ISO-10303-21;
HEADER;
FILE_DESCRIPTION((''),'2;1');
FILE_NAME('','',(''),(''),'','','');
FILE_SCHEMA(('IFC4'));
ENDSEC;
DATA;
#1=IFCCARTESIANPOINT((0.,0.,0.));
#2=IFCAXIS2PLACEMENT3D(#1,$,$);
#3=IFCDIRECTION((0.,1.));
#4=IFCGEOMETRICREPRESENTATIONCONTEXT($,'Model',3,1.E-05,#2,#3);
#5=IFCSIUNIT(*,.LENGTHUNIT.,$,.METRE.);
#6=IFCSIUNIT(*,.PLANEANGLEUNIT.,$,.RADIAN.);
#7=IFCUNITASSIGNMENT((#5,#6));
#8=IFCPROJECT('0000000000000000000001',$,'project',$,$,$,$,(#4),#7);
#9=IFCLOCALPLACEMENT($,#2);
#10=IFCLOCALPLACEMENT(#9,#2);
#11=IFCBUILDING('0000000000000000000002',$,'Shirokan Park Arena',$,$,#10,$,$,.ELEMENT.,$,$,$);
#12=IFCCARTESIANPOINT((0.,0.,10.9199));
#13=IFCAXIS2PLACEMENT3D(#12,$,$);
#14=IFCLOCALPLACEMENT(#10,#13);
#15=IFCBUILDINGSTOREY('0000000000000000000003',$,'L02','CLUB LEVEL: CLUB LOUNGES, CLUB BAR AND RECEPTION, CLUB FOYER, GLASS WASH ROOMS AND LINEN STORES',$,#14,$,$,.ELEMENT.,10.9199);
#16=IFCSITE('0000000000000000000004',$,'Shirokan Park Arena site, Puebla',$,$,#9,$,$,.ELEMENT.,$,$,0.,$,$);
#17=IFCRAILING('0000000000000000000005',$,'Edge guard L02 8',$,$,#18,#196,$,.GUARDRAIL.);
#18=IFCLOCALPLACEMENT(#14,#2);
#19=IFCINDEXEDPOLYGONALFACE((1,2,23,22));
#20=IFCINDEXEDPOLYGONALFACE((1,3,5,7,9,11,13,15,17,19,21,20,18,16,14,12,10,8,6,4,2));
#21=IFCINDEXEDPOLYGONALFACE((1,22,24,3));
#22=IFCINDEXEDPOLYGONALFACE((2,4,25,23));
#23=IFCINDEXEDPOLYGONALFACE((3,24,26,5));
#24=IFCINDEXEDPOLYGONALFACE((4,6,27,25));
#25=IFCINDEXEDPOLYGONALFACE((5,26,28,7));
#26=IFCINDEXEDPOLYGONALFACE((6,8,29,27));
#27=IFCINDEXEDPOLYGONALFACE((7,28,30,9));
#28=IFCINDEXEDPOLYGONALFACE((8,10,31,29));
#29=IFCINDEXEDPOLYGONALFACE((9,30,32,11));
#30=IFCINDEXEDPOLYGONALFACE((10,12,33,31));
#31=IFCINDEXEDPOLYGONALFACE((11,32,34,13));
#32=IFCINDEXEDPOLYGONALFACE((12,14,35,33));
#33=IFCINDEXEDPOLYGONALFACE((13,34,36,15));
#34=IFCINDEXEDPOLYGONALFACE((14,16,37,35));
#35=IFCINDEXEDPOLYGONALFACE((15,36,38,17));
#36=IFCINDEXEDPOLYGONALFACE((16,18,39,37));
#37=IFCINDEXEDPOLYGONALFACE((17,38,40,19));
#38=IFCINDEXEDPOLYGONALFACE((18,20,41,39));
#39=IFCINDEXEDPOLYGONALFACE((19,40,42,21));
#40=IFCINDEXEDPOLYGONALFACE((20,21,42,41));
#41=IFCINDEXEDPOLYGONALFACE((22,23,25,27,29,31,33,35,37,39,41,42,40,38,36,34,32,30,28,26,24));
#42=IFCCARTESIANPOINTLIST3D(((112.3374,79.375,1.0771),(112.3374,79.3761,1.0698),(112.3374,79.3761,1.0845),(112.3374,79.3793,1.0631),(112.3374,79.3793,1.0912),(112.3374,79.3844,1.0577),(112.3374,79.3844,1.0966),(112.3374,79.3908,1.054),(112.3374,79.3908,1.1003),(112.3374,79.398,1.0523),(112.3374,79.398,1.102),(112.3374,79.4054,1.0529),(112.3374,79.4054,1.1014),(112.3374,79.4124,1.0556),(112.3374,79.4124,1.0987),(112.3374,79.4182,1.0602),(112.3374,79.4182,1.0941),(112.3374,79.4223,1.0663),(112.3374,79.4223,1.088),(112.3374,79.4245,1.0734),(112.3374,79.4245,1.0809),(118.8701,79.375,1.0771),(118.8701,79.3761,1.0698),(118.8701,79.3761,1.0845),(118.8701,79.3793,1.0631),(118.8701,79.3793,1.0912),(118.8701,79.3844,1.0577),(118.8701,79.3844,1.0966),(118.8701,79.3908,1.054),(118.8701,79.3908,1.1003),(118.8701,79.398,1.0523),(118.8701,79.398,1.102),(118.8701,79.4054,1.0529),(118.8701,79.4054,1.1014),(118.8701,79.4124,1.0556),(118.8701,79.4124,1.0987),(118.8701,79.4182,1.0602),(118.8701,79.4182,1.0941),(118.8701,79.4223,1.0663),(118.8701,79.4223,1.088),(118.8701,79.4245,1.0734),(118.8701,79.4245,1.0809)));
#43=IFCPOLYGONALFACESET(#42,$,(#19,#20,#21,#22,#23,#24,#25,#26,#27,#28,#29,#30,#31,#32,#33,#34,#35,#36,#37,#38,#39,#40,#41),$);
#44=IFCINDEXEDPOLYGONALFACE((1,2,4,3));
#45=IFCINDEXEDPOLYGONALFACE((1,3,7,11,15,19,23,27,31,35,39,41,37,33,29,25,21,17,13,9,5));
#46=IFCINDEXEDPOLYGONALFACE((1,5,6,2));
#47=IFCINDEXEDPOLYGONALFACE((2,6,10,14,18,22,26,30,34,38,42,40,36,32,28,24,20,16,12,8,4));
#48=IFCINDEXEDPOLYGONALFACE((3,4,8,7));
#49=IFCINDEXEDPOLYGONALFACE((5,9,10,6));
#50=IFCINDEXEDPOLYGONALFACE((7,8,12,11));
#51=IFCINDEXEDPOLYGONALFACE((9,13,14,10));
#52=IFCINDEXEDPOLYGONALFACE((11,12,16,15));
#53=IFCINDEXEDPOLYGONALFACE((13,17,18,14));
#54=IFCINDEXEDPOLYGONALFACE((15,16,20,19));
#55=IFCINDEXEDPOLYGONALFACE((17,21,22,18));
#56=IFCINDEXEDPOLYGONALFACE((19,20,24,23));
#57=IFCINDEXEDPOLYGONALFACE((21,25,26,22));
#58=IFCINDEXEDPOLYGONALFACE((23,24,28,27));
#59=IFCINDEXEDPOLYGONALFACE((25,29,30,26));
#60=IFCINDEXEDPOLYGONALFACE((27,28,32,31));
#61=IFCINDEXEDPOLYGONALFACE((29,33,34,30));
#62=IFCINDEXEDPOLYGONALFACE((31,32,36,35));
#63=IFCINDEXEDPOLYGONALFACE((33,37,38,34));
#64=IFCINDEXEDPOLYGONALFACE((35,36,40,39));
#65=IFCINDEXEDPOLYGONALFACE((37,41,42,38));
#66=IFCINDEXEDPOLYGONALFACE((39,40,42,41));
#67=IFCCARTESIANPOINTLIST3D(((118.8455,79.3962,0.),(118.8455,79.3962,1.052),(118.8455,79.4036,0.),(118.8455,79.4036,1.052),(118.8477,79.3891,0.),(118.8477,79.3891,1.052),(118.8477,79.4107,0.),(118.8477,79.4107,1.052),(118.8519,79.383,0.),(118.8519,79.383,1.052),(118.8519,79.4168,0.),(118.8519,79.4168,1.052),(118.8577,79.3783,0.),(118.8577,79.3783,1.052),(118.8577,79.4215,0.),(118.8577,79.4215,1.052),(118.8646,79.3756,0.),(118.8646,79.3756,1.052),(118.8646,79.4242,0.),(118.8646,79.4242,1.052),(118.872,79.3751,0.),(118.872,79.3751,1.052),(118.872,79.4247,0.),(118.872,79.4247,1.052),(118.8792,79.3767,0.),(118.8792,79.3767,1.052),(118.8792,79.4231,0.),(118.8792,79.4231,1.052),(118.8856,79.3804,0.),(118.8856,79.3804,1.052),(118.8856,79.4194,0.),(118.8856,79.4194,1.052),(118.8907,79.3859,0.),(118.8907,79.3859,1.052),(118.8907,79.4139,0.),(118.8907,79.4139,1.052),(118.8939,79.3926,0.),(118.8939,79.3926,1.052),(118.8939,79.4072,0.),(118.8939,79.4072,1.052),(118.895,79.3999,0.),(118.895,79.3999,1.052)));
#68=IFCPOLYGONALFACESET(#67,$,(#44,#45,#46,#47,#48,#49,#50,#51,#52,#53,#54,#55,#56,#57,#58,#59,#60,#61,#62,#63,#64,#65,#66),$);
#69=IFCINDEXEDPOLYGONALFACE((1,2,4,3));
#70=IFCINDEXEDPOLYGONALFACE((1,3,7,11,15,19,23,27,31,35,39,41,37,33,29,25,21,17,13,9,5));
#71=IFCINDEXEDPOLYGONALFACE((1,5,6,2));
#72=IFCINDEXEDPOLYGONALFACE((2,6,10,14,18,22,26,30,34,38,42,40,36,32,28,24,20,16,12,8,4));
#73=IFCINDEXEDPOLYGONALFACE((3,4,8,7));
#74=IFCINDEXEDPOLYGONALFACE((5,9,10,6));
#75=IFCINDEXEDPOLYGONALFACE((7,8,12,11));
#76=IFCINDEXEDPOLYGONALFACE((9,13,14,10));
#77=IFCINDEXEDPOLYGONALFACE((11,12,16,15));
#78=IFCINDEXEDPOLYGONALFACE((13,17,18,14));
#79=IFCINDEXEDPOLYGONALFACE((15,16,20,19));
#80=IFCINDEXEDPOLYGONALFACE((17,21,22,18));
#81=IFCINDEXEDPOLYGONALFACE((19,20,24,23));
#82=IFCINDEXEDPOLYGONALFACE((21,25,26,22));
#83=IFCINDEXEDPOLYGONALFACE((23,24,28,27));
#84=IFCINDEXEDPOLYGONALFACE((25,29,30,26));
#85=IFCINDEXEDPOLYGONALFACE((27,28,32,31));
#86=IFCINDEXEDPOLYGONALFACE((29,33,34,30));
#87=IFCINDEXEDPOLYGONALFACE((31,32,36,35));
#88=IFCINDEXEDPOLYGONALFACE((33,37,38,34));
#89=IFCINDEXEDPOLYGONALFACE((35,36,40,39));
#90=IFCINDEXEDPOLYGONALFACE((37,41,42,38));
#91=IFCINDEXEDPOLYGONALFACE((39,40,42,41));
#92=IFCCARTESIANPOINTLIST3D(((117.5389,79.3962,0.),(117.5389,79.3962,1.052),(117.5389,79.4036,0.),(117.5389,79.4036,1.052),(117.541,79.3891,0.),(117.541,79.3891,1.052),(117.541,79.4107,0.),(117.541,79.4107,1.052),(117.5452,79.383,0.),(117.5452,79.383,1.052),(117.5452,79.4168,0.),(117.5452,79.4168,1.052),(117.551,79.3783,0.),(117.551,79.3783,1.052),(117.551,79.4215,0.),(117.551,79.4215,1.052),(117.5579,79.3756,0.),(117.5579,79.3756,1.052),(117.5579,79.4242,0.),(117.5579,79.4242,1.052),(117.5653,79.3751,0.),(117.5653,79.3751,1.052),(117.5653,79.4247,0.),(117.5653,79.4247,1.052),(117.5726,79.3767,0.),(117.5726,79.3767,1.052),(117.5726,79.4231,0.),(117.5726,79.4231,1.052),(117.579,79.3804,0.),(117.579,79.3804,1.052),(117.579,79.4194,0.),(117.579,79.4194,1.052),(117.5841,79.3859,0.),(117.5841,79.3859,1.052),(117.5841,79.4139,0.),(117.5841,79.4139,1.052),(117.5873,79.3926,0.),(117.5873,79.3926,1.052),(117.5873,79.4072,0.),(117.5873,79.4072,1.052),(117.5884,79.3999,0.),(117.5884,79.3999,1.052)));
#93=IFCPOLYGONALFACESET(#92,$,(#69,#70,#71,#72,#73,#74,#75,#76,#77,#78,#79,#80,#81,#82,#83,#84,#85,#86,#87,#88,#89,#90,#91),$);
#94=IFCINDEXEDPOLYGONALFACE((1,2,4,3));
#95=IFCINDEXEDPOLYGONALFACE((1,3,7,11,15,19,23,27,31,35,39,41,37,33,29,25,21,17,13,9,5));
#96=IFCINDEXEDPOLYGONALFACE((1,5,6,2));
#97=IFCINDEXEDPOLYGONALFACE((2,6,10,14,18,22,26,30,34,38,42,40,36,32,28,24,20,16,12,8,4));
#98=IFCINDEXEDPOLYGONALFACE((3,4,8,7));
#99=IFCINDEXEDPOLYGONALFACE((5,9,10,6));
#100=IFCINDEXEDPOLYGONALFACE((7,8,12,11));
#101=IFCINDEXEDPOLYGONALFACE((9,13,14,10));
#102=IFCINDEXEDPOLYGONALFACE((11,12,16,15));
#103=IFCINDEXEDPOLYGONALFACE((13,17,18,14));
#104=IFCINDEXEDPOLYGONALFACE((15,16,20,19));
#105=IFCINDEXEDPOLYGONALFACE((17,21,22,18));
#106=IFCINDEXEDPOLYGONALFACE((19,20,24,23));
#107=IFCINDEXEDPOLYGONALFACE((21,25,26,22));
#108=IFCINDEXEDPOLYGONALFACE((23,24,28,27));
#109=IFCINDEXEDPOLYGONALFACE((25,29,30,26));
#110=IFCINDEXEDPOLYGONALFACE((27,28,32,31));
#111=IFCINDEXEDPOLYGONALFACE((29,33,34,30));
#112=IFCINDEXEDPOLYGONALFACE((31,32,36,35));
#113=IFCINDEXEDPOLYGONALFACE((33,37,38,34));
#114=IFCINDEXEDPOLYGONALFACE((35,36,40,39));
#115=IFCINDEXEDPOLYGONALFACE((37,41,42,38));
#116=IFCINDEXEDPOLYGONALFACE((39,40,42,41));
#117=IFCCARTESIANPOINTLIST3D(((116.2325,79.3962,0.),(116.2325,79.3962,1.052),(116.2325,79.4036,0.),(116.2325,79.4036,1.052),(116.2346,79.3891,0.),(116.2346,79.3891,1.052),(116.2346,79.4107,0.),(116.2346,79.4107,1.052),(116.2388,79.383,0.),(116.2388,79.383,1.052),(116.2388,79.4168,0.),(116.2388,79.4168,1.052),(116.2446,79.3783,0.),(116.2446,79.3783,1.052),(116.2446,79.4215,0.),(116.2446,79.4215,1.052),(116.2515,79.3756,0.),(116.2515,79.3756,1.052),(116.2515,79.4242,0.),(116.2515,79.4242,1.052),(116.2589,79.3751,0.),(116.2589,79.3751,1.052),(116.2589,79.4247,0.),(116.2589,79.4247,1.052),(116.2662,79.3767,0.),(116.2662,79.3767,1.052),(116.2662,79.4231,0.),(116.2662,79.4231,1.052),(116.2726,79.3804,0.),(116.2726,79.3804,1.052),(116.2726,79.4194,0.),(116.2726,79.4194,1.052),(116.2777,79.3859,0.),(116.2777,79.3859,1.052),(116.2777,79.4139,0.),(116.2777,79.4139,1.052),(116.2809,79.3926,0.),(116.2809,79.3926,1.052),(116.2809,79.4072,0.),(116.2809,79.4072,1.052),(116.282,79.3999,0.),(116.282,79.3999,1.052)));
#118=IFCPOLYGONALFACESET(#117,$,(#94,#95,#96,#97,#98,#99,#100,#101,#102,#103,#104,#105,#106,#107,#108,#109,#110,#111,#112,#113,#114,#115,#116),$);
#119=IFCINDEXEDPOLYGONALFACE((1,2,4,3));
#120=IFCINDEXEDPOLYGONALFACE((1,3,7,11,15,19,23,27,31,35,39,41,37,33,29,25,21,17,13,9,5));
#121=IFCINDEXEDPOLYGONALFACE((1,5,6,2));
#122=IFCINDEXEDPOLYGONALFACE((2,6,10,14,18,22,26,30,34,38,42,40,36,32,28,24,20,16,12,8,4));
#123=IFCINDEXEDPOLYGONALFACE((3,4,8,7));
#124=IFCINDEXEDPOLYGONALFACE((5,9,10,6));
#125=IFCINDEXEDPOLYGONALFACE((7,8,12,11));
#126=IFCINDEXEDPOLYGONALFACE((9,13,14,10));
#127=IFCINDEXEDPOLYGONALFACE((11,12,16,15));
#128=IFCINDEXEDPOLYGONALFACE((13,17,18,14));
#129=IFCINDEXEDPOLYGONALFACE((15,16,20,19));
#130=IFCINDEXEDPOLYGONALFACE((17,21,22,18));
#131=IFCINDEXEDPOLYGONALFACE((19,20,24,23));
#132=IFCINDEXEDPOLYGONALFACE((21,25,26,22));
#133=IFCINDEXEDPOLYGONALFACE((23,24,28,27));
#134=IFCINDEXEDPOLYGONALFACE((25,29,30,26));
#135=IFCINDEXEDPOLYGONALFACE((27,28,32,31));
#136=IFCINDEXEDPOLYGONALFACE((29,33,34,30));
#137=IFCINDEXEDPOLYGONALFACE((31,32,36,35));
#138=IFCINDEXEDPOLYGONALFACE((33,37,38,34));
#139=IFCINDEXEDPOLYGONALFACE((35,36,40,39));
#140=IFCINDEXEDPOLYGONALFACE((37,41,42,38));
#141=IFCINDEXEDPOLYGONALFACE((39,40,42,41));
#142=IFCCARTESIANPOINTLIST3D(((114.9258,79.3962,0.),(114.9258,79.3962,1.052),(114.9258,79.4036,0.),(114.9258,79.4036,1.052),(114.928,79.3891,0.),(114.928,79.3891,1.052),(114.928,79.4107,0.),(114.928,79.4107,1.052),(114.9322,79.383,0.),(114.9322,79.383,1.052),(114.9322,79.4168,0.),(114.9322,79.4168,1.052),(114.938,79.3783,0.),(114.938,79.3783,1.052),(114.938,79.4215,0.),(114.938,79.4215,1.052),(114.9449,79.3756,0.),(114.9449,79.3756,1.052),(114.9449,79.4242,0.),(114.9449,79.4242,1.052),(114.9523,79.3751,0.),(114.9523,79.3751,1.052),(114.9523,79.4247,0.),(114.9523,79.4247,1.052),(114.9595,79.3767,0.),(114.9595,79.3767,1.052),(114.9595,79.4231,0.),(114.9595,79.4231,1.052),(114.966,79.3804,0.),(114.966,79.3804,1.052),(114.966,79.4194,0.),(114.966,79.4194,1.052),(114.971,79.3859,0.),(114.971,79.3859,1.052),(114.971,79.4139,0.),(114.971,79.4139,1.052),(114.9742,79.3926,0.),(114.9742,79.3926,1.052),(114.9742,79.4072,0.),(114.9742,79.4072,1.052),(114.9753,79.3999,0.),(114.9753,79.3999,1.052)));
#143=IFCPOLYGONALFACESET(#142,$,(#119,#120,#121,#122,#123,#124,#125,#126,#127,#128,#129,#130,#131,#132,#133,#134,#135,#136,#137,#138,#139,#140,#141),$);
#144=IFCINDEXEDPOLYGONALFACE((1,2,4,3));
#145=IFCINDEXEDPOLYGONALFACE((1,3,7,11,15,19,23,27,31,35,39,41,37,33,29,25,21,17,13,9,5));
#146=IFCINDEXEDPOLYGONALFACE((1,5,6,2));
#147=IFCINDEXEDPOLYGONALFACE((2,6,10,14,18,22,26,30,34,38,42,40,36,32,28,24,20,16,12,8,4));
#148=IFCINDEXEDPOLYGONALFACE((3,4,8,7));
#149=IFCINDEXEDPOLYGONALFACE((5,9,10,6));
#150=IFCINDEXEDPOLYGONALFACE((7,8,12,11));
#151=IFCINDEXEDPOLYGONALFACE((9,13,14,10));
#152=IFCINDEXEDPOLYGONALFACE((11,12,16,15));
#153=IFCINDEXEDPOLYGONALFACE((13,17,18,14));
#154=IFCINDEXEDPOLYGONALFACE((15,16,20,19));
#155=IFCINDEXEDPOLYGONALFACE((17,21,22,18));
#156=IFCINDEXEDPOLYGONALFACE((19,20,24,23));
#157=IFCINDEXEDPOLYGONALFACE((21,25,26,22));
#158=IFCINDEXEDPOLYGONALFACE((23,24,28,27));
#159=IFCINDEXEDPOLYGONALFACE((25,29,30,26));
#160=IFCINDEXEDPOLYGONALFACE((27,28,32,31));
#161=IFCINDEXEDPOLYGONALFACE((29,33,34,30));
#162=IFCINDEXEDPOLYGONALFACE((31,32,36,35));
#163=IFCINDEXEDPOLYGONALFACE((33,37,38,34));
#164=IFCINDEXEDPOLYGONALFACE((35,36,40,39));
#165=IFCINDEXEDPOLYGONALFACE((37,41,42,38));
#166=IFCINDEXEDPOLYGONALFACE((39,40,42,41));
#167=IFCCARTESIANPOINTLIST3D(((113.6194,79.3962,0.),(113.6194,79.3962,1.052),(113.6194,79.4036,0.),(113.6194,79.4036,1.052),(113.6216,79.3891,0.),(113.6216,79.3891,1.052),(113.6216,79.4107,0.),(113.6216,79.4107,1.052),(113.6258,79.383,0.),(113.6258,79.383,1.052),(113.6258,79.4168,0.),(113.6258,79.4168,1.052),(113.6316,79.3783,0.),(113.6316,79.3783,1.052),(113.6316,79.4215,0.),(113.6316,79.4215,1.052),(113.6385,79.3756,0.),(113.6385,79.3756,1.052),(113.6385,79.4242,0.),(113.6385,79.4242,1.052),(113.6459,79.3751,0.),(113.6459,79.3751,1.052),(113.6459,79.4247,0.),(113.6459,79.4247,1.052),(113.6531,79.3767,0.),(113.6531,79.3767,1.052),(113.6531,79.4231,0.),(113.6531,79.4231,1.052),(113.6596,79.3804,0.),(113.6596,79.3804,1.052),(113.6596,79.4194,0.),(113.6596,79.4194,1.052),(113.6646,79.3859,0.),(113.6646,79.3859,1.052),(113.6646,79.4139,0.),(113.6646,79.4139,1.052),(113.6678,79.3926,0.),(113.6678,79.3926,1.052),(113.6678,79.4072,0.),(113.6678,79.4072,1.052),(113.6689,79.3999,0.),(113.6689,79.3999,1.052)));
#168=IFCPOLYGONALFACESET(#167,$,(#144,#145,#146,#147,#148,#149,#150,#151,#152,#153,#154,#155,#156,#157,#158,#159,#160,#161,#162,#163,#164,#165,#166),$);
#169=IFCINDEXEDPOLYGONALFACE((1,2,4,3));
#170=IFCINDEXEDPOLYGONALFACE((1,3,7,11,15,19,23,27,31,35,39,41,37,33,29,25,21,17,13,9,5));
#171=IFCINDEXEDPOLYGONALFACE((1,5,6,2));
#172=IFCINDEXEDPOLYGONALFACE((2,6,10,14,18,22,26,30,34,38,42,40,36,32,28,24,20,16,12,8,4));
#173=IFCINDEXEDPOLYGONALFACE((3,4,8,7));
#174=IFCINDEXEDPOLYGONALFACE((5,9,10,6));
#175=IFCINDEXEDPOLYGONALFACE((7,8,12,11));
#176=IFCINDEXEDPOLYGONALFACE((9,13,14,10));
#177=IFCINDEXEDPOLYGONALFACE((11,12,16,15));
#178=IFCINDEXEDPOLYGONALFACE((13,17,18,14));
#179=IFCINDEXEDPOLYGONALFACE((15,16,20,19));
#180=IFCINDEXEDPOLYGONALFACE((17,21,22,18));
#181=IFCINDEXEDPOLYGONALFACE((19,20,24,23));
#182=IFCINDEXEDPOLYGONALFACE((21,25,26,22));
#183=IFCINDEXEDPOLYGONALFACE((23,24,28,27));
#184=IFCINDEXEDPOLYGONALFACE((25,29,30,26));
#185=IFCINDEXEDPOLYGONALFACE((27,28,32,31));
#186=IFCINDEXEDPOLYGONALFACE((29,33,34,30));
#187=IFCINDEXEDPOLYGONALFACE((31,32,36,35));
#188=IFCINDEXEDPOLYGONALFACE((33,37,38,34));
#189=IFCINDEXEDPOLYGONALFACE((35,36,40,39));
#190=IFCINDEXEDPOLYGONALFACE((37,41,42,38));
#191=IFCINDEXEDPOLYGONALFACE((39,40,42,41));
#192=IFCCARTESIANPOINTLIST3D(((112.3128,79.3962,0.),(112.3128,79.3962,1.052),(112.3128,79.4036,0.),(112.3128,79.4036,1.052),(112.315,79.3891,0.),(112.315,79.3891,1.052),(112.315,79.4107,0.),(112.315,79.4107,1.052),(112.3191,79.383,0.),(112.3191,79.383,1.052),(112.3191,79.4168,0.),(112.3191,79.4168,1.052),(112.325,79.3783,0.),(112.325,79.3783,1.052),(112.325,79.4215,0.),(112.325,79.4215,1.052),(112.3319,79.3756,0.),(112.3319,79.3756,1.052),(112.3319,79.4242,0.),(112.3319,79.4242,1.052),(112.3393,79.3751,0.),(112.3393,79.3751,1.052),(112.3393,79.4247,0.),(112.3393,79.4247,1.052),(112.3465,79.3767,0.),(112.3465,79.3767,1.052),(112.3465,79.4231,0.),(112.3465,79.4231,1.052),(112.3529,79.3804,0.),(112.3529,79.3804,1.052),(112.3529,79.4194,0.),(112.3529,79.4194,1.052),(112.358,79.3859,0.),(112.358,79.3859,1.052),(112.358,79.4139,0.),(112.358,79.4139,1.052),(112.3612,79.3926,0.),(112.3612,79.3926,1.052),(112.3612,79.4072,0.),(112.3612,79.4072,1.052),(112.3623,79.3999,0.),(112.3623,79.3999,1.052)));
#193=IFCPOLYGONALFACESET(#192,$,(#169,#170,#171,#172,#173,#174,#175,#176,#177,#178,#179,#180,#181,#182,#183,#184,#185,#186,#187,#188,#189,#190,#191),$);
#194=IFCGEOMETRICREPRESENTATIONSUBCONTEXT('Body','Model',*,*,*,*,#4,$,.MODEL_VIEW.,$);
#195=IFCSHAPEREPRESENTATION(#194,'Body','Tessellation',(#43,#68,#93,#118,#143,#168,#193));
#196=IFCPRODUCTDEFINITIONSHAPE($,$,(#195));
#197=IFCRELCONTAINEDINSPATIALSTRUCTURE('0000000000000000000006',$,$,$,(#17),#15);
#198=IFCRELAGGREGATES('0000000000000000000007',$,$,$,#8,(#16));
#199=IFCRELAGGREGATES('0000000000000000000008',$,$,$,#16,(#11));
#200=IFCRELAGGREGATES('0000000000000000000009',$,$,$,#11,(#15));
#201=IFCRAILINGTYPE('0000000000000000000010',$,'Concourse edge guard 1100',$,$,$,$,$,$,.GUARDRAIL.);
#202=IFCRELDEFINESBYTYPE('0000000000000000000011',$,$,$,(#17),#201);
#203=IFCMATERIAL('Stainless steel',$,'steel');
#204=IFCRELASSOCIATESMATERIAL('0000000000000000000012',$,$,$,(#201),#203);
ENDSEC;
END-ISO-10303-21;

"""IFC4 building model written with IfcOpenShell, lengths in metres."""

from ifc_helpers import new_model, si_unit, direction, frame, origin, origin_2d, place, context, subcontext, project, spatial, circle, extrude, material, type_object, element, save


model = new_model("IFC4")

# Units and contexts
model_context = context("Model", 3, precision=1e-05, world=origin(), true_north=direction((0.0, 1.0)))
body_context = subcontext(model_context, "Body", "Model", "MODEL_VIEW")
ifc_project = project(units=[si_unit("LENGTHUNIT", "METRE"), si_unit("PLANEANGLEUNIT", "RADIAN")], contexts=[model_context])

# Site, building, storey
site_placement = place(None, origin())
site = spatial("IfcSite", under=ifc_project, at=site_placement, Name="Shirokan Park Arena site, Puebla", CompositionType="ELEMENT", RefElevation=0.0)
building_placement = place(site_placement, origin())
building = spatial("IfcBuilding", under=site, at=building_placement, Name="Shirokan Park Arena", CompositionType="ELEMENT")
storey_placement = place(building_placement, frame((0.0, 0.0, 10.9199)))
storey = spatial("IfcBuildingStorey", under=building, at=storey_placement, Name="L02", Description="CLUB LEVEL: CLUB LOUNGES, CLUB BAR AND RECEPTION, CLUB FOYER, GLASS WASH ROOMS AND LINEN STORES", CompositionType="ELEMENT", Elevation=10.9199)

# Railing
ifc_material_1 = material(Name="Stainless steel", Category="steel")
railing_type = type_object("IfcRailingType", Name="Concourse edge guard 1100", PredefinedType="GUARDRAIL", material=ifc_material_1)
railing_1_placement = place(storey_placement, frame((118.8701, 79.3999, 0.0)))
element("IfcRailing", 1, at=railing_1_placement, inside=storey, type_object=railing_type, Name="Edge guard L02 8", PredefinedType="GUARDRAIL", context=body_context, shape_type="SweptSolid", body=[
    extrude(circle(Radius=0.0249, at=origin_2d()), frame((0.0, 0.0, 1.0771), z_axis=(-1.0, 0.0, 0.0), x_axis=(0.0, -1.0, 0.0)), (0.0, 0.0, 1.0), 6.5327),
    extrude(circle(Radius=0.0249, at=origin_2d()), origin(), (0.0, 0.0, 1.0), 1.052),
    extrude(circle(Radius=0.0249, at=origin_2d()), frame((-1.3066, 0.0, 0.0)), (0.0, 0.0, 1.0), 1.052),
    extrude(circle(Radius=0.0249, at=origin_2d()), frame((-2.613, 0.0, 0.0)), (0.0, 0.0, 1.0), 1.052),
    extrude(circle(Radius=0.0249, at=origin_2d()), frame((-3.9197, 0.0, 0.0)), (0.0, 0.0, 1.0), 1.052),
    extrude(circle(Radius=0.0249, at=origin_2d()), frame((-5.2261, 0.0, 0.0)), (0.0, 0.0, 1.0), 1.052),
    extrude(circle(Radius=0.0249, at=origin_2d()), frame((-6.5327, 0.0, 0.0)), (0.0, 0.0, 1.0), 1.052),
])

save(model, "model.ifc")
